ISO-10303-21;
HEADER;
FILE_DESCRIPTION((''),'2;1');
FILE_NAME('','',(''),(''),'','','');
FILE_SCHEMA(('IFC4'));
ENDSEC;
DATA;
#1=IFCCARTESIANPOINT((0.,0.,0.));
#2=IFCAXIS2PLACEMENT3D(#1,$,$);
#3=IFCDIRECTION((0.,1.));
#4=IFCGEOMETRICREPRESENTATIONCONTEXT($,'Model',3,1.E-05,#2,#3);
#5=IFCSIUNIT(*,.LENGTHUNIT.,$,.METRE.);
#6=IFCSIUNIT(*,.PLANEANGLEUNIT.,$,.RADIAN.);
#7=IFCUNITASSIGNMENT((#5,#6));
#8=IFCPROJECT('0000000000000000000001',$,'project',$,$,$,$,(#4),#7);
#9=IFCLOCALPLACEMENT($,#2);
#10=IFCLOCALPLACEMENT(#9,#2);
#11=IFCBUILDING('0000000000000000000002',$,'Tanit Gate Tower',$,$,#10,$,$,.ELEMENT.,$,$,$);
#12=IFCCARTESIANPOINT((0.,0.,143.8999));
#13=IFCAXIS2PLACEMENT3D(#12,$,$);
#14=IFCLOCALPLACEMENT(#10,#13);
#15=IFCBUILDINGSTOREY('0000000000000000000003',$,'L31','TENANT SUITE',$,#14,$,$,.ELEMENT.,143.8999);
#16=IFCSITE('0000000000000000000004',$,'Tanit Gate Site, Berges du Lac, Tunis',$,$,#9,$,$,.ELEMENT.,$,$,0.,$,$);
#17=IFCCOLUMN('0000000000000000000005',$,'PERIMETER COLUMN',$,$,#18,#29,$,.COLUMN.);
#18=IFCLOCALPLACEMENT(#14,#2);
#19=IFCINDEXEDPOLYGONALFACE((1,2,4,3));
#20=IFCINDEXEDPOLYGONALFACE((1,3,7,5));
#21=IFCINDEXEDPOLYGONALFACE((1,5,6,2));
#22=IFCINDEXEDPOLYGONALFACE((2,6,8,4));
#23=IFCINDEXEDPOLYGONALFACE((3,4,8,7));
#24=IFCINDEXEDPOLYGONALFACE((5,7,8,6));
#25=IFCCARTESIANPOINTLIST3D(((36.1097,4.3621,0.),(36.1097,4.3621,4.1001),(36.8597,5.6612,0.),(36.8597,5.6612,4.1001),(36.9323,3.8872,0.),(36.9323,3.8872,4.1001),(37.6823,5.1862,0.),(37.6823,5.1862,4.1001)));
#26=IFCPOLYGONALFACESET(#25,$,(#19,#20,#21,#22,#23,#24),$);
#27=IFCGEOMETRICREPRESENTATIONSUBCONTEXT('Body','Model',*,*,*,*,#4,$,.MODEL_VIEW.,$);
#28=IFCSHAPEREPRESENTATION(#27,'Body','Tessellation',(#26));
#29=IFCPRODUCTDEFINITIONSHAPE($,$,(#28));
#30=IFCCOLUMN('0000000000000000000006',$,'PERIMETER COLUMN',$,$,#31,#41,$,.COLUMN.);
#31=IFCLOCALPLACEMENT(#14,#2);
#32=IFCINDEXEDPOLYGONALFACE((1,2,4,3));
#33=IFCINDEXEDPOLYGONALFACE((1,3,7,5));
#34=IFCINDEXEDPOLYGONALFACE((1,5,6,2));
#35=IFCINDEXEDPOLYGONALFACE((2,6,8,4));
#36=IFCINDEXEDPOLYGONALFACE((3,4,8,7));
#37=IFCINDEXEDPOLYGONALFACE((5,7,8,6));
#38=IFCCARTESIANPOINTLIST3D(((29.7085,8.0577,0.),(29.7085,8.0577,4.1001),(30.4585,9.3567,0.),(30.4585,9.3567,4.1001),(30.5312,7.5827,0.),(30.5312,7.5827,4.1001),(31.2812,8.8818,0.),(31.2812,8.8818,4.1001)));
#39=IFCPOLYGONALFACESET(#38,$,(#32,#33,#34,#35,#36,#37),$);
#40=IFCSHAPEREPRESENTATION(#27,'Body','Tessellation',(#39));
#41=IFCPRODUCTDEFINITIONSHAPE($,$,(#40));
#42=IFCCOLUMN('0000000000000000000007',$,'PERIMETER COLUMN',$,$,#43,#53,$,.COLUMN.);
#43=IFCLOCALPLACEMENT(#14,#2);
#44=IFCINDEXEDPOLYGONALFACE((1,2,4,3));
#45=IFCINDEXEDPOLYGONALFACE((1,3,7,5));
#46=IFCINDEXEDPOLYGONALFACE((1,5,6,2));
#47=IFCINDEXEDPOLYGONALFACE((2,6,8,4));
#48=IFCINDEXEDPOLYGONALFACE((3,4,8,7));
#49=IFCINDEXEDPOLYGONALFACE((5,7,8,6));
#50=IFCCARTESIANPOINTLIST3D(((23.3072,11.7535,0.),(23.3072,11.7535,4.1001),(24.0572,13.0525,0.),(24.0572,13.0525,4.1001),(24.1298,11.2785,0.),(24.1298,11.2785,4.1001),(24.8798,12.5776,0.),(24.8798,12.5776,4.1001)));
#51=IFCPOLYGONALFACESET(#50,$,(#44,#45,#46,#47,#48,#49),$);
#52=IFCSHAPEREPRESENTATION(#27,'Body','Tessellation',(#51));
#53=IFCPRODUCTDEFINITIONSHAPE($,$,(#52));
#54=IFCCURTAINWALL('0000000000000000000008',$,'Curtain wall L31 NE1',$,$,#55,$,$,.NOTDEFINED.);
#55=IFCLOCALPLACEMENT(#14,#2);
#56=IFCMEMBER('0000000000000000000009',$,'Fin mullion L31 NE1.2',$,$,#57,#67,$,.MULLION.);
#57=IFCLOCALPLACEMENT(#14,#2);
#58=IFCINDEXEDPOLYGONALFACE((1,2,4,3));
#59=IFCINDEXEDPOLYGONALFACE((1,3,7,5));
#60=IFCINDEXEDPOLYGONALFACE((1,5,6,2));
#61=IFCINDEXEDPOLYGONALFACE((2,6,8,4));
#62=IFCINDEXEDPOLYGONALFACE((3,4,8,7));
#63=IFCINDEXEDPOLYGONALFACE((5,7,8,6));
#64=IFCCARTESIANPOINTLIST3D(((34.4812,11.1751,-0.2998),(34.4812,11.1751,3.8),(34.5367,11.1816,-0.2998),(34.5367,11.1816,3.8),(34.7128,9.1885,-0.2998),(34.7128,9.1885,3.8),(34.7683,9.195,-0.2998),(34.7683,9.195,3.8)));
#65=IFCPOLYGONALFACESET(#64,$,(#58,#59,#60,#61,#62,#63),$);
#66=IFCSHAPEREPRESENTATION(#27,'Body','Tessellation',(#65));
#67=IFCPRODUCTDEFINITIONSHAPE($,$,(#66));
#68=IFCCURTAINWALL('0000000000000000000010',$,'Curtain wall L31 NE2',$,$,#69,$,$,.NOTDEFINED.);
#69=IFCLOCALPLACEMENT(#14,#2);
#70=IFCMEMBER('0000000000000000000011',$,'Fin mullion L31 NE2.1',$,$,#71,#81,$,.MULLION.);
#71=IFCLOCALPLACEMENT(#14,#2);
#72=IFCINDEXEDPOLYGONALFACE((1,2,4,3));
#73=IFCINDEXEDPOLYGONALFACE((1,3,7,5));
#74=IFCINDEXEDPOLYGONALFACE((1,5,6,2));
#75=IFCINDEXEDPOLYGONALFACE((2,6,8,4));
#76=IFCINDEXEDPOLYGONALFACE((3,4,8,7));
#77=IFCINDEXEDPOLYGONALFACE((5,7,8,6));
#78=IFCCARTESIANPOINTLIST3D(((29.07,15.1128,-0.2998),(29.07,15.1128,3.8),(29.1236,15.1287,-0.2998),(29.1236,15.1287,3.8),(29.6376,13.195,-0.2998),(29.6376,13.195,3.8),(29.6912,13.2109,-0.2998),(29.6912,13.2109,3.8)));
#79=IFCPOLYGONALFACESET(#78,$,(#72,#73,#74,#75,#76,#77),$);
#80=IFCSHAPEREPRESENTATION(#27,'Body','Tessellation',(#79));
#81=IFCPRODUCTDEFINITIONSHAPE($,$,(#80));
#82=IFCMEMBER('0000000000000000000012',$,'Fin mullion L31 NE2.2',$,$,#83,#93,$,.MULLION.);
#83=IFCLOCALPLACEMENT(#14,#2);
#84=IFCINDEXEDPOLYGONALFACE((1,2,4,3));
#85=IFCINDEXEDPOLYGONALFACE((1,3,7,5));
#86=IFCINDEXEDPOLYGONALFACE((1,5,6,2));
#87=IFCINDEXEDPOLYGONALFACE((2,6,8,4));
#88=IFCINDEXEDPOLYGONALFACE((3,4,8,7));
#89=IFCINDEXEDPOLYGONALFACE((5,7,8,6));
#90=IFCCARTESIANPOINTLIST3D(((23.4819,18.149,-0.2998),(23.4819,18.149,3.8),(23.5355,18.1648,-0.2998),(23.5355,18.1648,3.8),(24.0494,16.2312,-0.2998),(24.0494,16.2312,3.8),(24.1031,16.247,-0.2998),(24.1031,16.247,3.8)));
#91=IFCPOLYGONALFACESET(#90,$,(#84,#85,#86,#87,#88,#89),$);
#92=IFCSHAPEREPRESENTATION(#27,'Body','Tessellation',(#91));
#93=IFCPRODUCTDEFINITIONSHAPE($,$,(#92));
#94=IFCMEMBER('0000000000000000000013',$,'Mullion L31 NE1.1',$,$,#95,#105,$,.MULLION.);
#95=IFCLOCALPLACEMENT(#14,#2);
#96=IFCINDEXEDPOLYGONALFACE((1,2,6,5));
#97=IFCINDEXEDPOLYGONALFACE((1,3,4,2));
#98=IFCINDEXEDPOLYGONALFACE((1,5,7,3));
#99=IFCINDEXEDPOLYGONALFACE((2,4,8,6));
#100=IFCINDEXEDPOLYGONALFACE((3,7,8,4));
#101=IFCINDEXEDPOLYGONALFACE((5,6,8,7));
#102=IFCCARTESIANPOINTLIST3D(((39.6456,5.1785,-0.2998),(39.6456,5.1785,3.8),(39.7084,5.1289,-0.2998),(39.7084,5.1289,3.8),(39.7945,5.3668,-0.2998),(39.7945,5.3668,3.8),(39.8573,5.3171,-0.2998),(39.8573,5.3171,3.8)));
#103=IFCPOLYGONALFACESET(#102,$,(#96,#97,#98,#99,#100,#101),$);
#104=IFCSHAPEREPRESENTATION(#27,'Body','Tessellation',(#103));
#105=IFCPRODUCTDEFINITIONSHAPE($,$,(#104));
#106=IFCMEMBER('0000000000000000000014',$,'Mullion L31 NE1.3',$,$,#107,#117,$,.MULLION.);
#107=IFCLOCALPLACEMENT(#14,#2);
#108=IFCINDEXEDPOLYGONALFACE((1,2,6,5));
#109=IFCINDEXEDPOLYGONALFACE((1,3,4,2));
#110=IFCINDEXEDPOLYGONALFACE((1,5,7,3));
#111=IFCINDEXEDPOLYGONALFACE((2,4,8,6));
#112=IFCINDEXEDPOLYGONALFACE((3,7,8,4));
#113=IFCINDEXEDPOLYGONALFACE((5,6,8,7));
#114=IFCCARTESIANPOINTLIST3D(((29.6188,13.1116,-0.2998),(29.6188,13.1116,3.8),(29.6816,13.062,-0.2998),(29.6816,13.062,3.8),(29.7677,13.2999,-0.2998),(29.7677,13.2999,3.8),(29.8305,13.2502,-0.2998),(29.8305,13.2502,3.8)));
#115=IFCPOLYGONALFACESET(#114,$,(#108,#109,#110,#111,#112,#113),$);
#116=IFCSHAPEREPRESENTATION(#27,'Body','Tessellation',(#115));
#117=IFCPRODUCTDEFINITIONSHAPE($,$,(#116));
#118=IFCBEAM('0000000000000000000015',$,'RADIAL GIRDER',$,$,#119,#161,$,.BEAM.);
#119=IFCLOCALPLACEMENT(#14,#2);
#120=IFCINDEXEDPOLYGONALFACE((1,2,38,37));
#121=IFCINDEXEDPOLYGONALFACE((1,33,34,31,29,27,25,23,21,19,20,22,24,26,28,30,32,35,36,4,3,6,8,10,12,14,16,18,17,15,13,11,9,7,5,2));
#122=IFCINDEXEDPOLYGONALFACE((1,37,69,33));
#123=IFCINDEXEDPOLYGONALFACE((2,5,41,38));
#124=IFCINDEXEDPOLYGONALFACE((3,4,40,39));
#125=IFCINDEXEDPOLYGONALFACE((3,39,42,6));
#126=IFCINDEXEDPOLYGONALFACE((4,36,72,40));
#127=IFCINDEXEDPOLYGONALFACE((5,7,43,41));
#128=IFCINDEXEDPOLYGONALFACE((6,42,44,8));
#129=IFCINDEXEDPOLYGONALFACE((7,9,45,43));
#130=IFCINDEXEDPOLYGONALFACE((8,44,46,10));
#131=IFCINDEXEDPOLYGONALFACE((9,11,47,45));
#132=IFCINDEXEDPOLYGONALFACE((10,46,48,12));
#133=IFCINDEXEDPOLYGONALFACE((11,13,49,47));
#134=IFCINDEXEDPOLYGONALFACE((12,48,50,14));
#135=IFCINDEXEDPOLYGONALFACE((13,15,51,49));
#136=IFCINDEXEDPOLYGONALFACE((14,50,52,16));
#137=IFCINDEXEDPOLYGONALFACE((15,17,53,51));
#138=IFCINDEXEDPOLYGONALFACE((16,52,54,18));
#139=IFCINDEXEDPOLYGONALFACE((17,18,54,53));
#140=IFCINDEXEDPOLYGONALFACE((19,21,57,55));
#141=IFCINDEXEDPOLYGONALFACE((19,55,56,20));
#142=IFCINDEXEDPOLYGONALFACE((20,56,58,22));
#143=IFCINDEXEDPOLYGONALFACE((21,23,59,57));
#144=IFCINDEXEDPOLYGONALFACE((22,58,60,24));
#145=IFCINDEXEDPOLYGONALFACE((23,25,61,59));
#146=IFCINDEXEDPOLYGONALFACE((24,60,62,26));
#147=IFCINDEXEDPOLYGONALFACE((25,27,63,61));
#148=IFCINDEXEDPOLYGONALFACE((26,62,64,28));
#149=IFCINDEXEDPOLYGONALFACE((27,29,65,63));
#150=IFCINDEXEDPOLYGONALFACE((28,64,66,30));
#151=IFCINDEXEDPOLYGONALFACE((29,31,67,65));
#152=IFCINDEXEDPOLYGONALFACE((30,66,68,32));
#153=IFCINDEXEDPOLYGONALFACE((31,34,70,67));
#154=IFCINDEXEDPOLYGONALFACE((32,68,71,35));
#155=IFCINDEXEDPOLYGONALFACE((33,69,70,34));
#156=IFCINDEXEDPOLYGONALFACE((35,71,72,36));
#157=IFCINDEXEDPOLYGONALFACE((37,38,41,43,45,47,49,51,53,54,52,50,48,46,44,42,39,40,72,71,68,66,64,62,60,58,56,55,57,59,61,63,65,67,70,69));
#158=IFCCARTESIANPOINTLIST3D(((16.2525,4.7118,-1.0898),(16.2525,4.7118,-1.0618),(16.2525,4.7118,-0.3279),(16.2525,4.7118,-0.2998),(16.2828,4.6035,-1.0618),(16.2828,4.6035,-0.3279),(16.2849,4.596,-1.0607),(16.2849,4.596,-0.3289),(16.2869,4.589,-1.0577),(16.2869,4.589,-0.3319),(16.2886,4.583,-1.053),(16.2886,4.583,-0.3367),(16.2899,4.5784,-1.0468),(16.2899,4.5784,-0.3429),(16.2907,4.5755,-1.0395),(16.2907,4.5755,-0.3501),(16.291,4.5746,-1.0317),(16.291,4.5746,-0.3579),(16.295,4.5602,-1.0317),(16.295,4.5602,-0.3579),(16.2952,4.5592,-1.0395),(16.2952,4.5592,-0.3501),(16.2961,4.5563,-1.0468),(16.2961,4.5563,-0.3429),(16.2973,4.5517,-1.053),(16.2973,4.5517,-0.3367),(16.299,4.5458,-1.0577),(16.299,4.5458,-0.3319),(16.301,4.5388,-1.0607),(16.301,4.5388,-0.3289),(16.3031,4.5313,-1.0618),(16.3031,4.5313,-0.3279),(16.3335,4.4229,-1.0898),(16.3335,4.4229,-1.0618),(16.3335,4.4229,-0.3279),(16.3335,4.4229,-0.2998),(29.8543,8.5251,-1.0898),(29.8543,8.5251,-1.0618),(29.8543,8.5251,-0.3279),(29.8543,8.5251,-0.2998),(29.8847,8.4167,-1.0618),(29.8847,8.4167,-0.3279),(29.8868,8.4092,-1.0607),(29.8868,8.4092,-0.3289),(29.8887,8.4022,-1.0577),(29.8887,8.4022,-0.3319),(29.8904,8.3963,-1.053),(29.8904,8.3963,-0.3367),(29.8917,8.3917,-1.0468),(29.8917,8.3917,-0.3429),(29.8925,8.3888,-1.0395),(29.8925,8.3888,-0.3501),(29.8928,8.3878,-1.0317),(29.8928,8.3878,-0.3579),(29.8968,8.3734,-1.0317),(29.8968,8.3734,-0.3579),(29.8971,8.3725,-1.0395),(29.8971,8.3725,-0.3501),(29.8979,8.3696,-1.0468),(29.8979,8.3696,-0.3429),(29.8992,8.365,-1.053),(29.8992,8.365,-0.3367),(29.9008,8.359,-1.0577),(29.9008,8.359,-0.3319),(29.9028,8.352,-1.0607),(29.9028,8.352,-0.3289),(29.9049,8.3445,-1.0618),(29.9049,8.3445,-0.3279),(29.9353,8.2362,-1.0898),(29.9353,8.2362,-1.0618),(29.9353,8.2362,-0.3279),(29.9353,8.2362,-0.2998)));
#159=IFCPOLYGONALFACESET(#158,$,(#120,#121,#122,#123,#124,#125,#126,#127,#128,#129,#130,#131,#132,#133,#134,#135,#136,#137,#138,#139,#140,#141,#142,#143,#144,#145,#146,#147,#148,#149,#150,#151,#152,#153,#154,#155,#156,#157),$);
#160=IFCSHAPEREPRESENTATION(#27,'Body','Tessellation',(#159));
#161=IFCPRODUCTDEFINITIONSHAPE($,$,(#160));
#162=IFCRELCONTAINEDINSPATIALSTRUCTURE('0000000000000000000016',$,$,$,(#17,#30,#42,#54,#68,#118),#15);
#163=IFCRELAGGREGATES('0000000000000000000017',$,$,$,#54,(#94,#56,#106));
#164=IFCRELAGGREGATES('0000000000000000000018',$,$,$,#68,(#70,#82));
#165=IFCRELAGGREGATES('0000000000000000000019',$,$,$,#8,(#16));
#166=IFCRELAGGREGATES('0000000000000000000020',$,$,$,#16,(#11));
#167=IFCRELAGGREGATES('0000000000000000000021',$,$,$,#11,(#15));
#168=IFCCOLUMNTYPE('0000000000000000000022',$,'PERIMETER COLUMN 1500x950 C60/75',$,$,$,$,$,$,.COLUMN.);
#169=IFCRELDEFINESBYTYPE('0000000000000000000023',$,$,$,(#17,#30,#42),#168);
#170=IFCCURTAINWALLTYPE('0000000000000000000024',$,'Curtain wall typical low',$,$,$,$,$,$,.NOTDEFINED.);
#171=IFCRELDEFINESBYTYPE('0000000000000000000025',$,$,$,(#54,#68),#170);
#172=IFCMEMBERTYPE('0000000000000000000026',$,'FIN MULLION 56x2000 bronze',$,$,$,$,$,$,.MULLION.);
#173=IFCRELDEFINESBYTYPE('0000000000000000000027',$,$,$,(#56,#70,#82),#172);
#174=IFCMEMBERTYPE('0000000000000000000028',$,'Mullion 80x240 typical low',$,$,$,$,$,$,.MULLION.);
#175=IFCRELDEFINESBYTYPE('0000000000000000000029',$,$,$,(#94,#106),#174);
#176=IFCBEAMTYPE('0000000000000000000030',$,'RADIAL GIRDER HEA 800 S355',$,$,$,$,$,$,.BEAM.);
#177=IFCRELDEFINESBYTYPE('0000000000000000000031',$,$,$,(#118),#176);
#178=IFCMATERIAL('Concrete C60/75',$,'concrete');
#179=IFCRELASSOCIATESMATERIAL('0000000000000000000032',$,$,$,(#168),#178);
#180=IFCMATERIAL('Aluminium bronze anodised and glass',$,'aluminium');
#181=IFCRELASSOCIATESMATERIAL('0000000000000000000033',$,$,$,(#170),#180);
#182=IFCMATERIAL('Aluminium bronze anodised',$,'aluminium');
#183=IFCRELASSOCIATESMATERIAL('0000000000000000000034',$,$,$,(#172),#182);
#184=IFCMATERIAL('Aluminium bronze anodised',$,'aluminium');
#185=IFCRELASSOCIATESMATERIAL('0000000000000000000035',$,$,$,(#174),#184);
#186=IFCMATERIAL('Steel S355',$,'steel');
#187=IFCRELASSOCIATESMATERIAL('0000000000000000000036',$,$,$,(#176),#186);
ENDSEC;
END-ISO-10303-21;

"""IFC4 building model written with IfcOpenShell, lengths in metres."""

from ifc_helpers import new_model, si_unit, direction, frame, origin, origin_2d, place, context, subcontext, project, spatial, rectangle, i_section, extrude, material, material_profile, profile_set, type_object, element, aggregate, save


model = new_model("IFC4")

# Units and contexts
model_context = context("Model", 3, precision=1e-05, world=origin(), true_north=direction((0.0, 1.0)))
body_context = subcontext(model_context, "Body", "Model", "MODEL_VIEW")
ifc_project = project(units=[si_unit("LENGTHUNIT", "METRE"), si_unit("PLANEANGLEUNIT", "RADIAN")], contexts=[model_context])

# Site, building, storey
site_placement = place(None, origin())
site = spatial("IfcSite", under=ifc_project, at=site_placement, Name="Tanit Gate Site, Berges du Lac, Tunis", CompositionType="ELEMENT", RefElevation=0.0)
building_placement = place(site_placement, origin())
building = spatial("IfcBuilding", under=site, at=building_placement, Name="Tanit Gate Tower", CompositionType="ELEMENT")
storey_placement = place(building_placement, frame((0.0, 0.0, 143.8999)))
storey = spatial("IfcBuildingStorey", under=building, at=storey_placement, Name="L31", Description="TENANT SUITE", CompositionType="ELEMENT", Elevation=143.8999)

# Columns
ifc_material_1 = material(Name="Concrete C60/75", Category="concrete")
ifc_material_profile_1 = material_profile(ifc_material_1, rectangle(XDim=1.5, YDim=0.95, at=origin_2d()), Name="RC 1500x950")
ifc_profile_set_1 = profile_set([ifc_material_profile_1], Name="Concrete C60/75")
column_type = type_object("IfcColumnType", Name="PERIMETER COLUMN 1500x950 C60/75", PredefinedType="COLUMN", material=ifc_profile_set_1)
for number, where, z_axis, x_axis, name in (
    (1, (36.896, 4.7742, 0.0), (0.0, 0.0, 1.0), (0.5, 0.866025, 0.0), "PERIMETER COLUMN"),
    (2, (30.4949, 8.4697, 0.0), (0.0, 0.0, 1.0), (0.5, 0.866025, 0.0), "PERIMETER COLUMN"),
    (3, (24.0935, 12.1655, 0.0), (0.0, 0.0, 1.0), (0.5, 0.866025, 0.0), "PERIMETER COLUMN"),
):
    element("IfcColumn", number, at=place(storey_placement, frame(where, z_axis=z_axis, x_axis=x_axis)), inside=storey, type_object=column_type, Name=name, PredefinedType="COLUMN", context=body_context, shape_type="SweptSolid", body=[
        extrude(rectangle(XDim=1.5, YDim=0.95, at=origin_2d()), origin(), (0.0, 0.0, 1.0), 4.1001),
    ])

# Curtain wall, member
ifc_material_2 = material(Name="Aluminium bronze anodised and glass", Category="aluminium")
curtain_wall_type = type_object("IfcCurtainWallType", Name="Curtain wall typical low", PredefinedType="NOTDEFINED", material=ifc_material_2)
curtain_wall_1_placement = place(storey_placement, origin())
curtain_wall_1 = element("IfcCurtainWall", 4, at=curtain_wall_1_placement, inside=storey, type_object=curtain_wall_type, Name="Curtain wall L31 NE1", PredefinedType="NOTDEFINED")
ifc_material_3 = material(Name="Aluminium bronze anodised", Category="aluminium")
ifc_material_profile_2 = material_profile(ifc_material_3, rectangle(XDim=2.0, YDim=0.0559, at=origin_2d()), Name="56x2000 bronze fin mullion")
ifc_profile_set_2 = profile_set([ifc_material_profile_2], Name="Aluminium bronze anodised")
member_type_1 = type_object("IfcMemberType", Name="FIN MULLION 56x2000 bronze", PredefinedType="MULLION", material=ifc_profile_set_2)
member_1_placement = place(storey_placement, frame((34.6248, 10.1851, -0.2998), z_axis=(0.0, 0.0, 1.0), x_axis=(0.115806, -0.993272, 0.0)))
member_1 = element("IfcMember", 5, at=member_1_placement, type_object=member_type_1, Name="Fin mullion L31 NE1.2", PredefinedType="MULLION", context=body_context, shape_type="SweptSolid", body=[
    extrude(rectangle(XDim=2.0, YDim=0.0559, at=origin_2d()), origin(), (0.0, 0.0, 1.0), 4.0999),
])

# Curtain wall, members
curtain_wall_2_placement = place(storey_placement, origin())
curtain_wall_2 = element("IfcCurtainWall", 6, at=curtain_wall_2_placement, inside=storey, type_object=curtain_wall_type, Name="Curtain wall L31 NE2", PredefinedType="NOTDEFINED")
member_2_placement = place(storey_placement, frame((29.3806, 14.1619, -0.2998), z_axis=(0.0, 0.0, 1.0), x_axis=(0.283773, -0.958892, 0.0)))
member_2 = element("IfcMember", 7, at=member_2_placement, type_object=member_type_1, Name="Fin mullion L31 NE2.1", PredefinedType="MULLION", context=body_context, shape_type="SweptSolid", body=[
    extrude(rectangle(XDim=2.0, YDim=0.0559, at=origin_2d()), origin(), (0.0, 0.0, 1.0), 4.0999),
])
member_3_placement = place(storey_placement, frame((23.7925, 17.198, -0.2998), z_axis=(0.0, 0.0, 1.0), x_axis=(0.283773, -0.958892, 0.0)))
member_3 = element("IfcMember", 8, at=member_3_placement, type_object=member_type_1, Name="Fin mullion L31 NE2.2", PredefinedType="MULLION", context=body_context, shape_type="SweptSolid", body=[
    extrude(rectangle(XDim=2.0, YDim=0.0559, at=origin_2d()), origin(), (0.0, 0.0, 1.0), 4.0999),
])

# Members
ifc_material_4 = material(Name="Aluminium bronze anodised", Category="aluminium")
ifc_material_profile_3 = material_profile(ifc_material_4, rectangle(XDim=0.24, YDim=0.0801, at=origin_2d()), Name="80x240 bronze mullion")
ifc_profile_set_3 = profile_set([ifc_material_profile_3], Name="Aluminium bronze anodised")
member_type_2 = type_object("IfcMemberType", Name="Mullion 80x240 typical low", PredefinedType="MULLION", material=ifc_profile_set_3)
member_4_placement = place(storey_placement, frame((39.7515, 5.2478, -0.2998), z_axis=(0.0, 0.0, 1.0), x_axis=(-0.620462, -0.784237, 0.0)))
member_4 = element("IfcMember", 9, at=member_4_placement, type_object=member_type_2, Name="Mullion L31 NE1.1", PredefinedType="MULLION", context=body_context, shape_type="SweptSolid", body=[
    extrude(rectangle(XDim=0.24, YDim=0.0801, at=origin_2d()), origin(), (0.0, 0.0, 1.0), 4.0999),
])
member_5_placement = place(storey_placement, frame((29.7246, 13.1809, -0.2998), z_axis=(0.0, 0.0, 1.0), x_axis=(-0.620462, -0.784237, 0.0)))
member_5 = element("IfcMember", 10, at=member_5_placement, type_object=member_type_2, Name="Mullion L31 NE1.3", PredefinedType="MULLION", context=body_context, shape_type="SweptSolid", body=[
    extrude(rectangle(XDim=0.24, YDim=0.0801, at=origin_2d()), origin(), (0.0, 0.0, 1.0), 4.0999),
])

# Beam
ifc_material_5 = material(Name="Steel S355", Category="steel")
ifc_material_profile_4 = material_profile(ifc_material_5, i_section(OverallWidth=0.3, OverallDepth=0.79, WebThickness=0.0149, FlangeThickness=0.0281, FilletRadius=0.03, at=origin_2d()), Name="HEA 800")
ifc_profile_set_4 = profile_set([ifc_material_profile_4], Name="Steel S355")
beam_type_1 = type_object("IfcBeamType", Name="RADIAL GIRDER HEA 800 S355", PredefinedType="BEAM", material=ifc_profile_set_4)
beam_1_placement = place(storey_placement, frame((29.8948, 8.3806, -0.6948), z_axis=(-0.962877, -0.26994, 0.0), x_axis=(0.26994, -0.962877, 0.0)))
element("IfcBeam", 11, at=beam_1_placement, inside=storey, type_object=beam_type_1, Name="RADIAL GIRDER", PredefinedType="BEAM", context=body_context, shape_type="SweptSolid", body=[
    extrude(i_section(OverallWidth=0.3, OverallDepth=0.79, WebThickness=0.0149, FlangeThickness=0.0281, FilletRadius=0.03, at=origin_2d()), origin(), (0.0, 0.0, 1.0), 14.1262),
])

aggregate(curtain_wall_1, [member_4, member_1, member_5])
aggregate(curtain_wall_2, [member_2, member_3])

save(model, "model.ifc")
